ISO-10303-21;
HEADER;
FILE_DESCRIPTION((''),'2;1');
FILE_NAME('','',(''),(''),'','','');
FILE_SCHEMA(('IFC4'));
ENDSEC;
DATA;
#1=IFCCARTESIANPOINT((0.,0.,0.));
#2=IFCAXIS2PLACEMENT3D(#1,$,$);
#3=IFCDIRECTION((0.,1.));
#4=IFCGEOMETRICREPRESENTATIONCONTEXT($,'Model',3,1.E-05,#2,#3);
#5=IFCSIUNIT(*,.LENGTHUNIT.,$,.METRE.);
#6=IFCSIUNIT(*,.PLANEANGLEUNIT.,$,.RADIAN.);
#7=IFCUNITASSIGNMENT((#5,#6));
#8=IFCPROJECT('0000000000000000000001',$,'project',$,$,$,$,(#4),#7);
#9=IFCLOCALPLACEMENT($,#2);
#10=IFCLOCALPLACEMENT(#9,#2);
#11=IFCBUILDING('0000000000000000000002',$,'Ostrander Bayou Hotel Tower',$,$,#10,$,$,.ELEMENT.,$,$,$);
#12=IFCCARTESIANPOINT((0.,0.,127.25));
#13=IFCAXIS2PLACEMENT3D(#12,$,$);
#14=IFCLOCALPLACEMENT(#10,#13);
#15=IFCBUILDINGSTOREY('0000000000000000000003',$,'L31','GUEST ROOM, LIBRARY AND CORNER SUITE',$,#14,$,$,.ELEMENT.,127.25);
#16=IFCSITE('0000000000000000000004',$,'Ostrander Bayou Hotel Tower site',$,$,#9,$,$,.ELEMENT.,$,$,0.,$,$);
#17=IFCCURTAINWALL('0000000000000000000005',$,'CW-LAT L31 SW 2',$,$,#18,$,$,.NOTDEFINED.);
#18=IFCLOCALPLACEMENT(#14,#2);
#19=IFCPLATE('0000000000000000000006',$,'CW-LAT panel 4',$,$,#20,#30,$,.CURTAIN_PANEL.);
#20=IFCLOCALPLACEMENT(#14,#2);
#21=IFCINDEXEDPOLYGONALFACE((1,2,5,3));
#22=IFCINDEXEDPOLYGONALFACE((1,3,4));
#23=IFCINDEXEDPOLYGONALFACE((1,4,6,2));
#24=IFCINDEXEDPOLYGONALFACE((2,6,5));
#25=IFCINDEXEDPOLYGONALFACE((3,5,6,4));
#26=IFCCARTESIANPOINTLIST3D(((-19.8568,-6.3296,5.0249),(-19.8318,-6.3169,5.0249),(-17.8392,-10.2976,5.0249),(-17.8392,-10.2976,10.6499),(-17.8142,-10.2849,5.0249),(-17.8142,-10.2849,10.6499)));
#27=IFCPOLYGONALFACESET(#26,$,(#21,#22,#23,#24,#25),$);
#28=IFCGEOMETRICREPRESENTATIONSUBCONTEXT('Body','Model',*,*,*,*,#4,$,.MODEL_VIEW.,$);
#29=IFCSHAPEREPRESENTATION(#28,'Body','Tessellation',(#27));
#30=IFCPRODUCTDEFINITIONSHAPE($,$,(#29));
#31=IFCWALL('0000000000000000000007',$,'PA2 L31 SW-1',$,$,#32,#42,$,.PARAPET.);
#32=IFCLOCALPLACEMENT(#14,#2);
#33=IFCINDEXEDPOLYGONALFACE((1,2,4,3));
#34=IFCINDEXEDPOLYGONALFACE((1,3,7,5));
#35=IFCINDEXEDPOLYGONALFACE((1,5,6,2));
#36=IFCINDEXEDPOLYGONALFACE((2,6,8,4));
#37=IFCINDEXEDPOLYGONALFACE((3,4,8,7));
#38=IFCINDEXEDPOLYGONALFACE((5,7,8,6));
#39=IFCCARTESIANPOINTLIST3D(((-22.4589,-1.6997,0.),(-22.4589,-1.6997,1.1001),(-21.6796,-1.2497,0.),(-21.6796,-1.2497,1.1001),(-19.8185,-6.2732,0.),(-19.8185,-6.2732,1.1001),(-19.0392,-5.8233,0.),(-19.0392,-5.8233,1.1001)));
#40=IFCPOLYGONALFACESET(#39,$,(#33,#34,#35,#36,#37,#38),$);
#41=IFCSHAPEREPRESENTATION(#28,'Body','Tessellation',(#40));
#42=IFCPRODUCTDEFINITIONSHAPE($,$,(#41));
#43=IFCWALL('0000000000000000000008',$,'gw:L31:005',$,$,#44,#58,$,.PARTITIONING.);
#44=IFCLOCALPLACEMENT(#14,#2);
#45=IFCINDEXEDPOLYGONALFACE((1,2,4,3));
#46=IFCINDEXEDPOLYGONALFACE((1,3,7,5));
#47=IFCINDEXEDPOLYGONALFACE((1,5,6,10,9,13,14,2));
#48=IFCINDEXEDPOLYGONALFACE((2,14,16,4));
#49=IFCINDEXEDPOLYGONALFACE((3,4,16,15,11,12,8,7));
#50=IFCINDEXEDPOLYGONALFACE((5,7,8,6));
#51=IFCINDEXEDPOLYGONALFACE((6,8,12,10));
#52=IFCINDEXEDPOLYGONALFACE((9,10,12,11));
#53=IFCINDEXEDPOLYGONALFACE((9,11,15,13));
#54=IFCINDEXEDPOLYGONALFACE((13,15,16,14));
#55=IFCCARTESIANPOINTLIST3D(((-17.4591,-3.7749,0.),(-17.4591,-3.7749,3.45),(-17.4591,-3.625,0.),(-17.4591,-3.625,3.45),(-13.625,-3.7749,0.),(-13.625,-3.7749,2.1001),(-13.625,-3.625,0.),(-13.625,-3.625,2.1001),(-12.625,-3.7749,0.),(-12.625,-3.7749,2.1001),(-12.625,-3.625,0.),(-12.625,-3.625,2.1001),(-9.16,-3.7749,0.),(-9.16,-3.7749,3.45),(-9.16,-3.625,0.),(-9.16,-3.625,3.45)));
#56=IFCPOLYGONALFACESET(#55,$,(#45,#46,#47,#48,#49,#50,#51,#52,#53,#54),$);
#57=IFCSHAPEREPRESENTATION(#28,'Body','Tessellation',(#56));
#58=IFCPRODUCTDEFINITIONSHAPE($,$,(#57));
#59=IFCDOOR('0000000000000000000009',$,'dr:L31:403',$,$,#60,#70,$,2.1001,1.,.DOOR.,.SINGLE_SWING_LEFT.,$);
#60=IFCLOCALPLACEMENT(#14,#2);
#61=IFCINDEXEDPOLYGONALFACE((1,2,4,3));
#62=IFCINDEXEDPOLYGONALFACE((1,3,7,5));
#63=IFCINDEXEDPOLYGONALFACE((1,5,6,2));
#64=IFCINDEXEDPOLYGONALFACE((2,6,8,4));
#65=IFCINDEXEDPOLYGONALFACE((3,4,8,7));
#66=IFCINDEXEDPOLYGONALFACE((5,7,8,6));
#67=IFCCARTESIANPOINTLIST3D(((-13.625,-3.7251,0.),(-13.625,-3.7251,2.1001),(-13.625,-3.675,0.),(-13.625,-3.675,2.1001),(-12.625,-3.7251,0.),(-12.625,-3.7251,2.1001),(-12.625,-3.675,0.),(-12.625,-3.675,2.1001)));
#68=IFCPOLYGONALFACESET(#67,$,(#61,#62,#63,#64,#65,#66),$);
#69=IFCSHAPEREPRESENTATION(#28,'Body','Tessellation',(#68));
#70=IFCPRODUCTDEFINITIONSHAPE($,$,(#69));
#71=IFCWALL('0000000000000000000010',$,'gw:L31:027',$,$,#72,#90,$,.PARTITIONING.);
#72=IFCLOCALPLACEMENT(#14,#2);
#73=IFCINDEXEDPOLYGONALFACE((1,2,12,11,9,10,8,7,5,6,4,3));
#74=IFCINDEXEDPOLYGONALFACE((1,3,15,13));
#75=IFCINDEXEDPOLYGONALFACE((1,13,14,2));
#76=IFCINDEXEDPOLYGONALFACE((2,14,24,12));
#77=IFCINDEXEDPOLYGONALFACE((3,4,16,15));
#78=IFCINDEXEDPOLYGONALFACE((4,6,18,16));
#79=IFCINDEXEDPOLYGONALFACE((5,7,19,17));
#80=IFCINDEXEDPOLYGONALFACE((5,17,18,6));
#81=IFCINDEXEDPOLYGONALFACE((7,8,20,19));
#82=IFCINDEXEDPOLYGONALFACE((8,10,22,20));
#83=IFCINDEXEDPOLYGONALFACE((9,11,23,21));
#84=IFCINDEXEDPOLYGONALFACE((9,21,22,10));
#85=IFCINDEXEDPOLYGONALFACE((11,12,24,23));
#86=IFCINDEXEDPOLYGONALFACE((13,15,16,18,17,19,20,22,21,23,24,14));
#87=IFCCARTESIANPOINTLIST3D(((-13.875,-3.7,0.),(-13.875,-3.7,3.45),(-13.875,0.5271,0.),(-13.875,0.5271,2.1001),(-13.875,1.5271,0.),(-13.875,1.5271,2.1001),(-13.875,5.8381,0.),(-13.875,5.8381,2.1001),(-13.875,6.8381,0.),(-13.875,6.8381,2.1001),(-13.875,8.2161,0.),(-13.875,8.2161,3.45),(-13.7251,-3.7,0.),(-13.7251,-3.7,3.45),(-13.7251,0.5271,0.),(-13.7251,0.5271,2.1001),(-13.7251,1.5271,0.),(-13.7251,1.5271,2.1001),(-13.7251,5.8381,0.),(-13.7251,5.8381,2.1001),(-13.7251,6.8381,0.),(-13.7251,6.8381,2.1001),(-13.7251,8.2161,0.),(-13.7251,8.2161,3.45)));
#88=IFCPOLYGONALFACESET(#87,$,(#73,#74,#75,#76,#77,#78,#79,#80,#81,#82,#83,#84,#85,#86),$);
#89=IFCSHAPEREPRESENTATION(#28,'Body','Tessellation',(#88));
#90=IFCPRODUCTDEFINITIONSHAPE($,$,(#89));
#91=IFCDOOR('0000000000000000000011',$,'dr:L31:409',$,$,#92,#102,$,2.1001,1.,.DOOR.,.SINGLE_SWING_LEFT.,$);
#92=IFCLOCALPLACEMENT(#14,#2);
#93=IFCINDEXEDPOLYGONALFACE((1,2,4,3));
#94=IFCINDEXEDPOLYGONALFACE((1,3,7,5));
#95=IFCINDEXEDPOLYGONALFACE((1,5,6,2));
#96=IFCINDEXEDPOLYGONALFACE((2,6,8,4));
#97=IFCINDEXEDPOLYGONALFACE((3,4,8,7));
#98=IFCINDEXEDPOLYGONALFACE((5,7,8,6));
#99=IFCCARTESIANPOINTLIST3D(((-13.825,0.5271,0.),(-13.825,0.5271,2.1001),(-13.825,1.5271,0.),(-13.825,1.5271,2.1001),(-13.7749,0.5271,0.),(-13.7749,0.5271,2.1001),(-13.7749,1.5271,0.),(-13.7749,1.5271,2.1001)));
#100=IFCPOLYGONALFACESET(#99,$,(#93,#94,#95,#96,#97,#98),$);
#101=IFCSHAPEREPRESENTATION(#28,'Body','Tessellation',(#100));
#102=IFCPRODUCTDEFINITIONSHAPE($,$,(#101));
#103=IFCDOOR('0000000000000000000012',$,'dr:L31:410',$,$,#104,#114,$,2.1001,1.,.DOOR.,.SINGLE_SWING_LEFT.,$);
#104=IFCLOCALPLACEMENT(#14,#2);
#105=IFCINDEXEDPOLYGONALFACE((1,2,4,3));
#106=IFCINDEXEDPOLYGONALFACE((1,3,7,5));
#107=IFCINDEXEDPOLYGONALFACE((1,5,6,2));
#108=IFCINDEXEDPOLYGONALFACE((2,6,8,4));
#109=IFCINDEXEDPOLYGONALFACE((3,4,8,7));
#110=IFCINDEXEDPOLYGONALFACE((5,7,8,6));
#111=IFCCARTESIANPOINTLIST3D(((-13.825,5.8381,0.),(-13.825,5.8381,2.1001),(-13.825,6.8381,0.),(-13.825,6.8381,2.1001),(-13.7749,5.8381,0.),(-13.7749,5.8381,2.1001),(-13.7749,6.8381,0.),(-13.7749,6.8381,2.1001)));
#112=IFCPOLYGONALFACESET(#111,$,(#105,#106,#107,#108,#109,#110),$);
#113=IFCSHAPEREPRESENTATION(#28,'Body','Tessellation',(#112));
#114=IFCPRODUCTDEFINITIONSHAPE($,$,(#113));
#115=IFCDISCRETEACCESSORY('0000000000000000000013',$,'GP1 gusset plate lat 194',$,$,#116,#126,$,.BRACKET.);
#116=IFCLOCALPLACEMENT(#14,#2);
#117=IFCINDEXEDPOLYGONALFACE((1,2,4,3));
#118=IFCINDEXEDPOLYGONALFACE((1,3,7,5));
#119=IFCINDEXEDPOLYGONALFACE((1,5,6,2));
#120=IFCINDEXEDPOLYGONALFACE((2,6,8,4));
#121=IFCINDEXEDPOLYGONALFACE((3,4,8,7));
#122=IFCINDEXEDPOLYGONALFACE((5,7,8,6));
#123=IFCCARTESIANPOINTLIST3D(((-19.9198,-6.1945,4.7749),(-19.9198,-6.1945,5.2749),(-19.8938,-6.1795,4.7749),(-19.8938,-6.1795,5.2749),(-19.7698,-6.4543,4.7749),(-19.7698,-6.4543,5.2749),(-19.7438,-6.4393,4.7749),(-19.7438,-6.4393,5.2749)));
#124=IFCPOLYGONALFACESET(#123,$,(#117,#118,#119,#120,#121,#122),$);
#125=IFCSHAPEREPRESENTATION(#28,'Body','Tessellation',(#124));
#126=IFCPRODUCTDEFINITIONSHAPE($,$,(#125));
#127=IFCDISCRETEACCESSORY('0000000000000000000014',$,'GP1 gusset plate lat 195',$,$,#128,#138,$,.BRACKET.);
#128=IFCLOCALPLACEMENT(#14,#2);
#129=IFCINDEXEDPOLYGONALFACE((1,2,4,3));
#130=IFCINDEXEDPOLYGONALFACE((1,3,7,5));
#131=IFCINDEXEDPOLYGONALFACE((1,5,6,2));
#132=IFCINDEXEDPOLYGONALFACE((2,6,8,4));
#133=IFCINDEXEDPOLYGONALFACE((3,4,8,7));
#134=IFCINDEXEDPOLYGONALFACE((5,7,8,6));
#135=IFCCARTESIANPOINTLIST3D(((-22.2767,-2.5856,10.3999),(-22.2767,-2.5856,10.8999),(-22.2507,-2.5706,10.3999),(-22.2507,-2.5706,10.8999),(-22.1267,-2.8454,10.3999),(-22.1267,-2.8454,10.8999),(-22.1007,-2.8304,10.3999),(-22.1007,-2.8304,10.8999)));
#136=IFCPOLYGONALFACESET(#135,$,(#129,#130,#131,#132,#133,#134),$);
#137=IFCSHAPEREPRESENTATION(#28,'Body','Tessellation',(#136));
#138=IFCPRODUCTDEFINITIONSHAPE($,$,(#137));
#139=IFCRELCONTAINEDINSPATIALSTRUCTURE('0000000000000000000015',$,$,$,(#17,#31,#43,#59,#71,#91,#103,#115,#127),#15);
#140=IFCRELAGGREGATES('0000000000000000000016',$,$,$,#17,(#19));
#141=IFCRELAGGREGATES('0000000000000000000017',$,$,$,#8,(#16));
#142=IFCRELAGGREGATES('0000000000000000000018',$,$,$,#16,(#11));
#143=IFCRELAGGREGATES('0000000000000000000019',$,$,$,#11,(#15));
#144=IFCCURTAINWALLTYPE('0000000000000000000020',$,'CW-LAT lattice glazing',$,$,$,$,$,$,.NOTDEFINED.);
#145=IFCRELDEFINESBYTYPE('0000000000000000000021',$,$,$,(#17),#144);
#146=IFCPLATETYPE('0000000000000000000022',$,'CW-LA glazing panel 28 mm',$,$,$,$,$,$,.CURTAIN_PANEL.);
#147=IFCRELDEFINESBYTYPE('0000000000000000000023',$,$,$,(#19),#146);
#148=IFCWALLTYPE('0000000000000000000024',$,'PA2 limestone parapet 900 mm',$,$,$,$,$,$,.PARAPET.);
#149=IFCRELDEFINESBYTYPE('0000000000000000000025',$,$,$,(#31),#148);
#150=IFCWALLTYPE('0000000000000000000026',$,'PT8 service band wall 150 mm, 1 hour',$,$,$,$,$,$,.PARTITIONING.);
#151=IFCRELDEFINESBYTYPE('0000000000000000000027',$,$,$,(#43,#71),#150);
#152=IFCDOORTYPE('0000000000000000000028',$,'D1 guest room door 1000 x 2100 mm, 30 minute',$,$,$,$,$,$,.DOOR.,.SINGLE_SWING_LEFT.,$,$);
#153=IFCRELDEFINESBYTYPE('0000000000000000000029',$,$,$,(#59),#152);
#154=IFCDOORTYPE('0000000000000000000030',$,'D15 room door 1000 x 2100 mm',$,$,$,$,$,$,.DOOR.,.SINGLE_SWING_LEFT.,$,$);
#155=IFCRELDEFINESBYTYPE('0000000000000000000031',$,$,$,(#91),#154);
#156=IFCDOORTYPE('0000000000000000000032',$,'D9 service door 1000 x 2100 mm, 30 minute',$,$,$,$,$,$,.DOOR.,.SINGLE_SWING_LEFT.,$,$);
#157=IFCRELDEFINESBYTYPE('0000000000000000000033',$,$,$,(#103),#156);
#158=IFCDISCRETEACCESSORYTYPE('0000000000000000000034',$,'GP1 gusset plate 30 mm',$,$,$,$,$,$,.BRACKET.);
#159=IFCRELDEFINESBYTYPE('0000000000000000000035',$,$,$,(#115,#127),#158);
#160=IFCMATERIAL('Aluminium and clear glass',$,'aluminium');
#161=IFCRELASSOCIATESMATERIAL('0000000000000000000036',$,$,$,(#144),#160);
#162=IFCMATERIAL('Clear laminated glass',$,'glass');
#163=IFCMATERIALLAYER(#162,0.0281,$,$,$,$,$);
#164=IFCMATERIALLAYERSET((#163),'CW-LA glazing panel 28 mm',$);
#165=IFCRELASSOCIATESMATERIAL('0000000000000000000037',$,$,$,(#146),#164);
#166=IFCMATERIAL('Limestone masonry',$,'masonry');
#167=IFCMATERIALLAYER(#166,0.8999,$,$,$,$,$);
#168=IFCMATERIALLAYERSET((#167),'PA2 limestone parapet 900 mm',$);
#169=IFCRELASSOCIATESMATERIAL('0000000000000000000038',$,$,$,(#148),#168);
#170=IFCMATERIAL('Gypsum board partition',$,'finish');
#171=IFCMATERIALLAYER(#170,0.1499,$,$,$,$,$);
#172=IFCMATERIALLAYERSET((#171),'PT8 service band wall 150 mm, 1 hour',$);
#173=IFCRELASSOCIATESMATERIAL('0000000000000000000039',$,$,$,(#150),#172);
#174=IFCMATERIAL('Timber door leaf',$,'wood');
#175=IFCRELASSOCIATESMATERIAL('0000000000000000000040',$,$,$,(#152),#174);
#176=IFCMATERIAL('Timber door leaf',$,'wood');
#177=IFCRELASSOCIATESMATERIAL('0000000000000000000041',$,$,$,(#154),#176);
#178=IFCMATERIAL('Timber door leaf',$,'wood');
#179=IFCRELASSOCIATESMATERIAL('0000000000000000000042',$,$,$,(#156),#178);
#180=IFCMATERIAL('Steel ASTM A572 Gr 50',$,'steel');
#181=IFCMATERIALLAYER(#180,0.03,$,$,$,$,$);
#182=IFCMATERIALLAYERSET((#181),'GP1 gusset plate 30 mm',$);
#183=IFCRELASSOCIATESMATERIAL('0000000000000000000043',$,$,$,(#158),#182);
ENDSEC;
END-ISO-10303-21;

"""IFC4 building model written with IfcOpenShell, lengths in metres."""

from ifc_helpers import new_model, si_unit, direction, frame, frame_2d, origin, origin_2d, place, context, subcontext, project, spatial, polyline, rectangle, outline, extrude, material, layer, layer_set, type_object, element, fill, aggregate, save


model = new_model("IFC4")

# Units and contexts
model_context = context("Model", 3, precision=1e-05, world=origin(), true_north=direction((0.0, 1.0)))
body_context = subcontext(model_context, "Body", "Model", "MODEL_VIEW")
ifc_project = project(units=[si_unit("LENGTHUNIT", "METRE"), si_unit("PLANEANGLEUNIT", "RADIAN")], contexts=[model_context])

# Site, building, storey
site_placement = place(None, origin())
site = spatial("IfcSite", under=ifc_project, at=site_placement, Name="Ostrander Bayou Hotel Tower site", CompositionType="ELEMENT", RefElevation=0.0)
building_placement = place(site_placement, origin())
building = spatial("IfcBuilding", under=site, at=building_placement, Name="Ostrander Bayou Hotel Tower", CompositionType="ELEMENT")
storey_placement = place(building_placement, frame((0.0, 0.0, 127.25)))
storey = spatial("IfcBuildingStorey", under=building, at=storey_placement, Name="L31", Description="GUEST ROOM, LIBRARY AND CORNER SUITE", CompositionType="ELEMENT", Elevation=127.25)

# Shared definitions
ifc_material_1 = material(Name="Aluminium and clear glass", Category="aluminium")
curtain_wall_type = type_object("IfcCurtainWallType", Name="CW-LAT lattice glazing", PredefinedType="NOTDEFINED", material=ifc_material_1)

# Curtain wall
curtain_wall_1_placement = place(storey_placement, origin())
curtain_wall_1 = element("IfcCurtainWall", 1, at=curtain_wall_1_placement, inside=storey, type_object=curtain_wall_type, Name="CW-LAT L31 SW 2", PredefinedType="NOTDEFINED")

# Shared definitions
ifc_material_2 = material(Name="Clear laminated glass", Category="glass")
ifc_layer_1 = layer(ifc_material_2, 0.0281)
ifc_layer_set_1 = layer_set([ifc_layer_1], Name="CW-LA glazing panel 28 mm")
plate_type = type_object("IfcPlateType", Name="CW-LA glazing panel 28 mm", PredefinedType="CURTAIN_PANEL", material=ifc_layer_set_1)

# Plate
plate_1_placement = place(storey_placement, frame((-19.8318, -6.3169, 5.0249), z_axis=(0.89139, 0.453236, 0.0), x_axis=(0.281262, -0.553164, 0.784157)))
plate_1 = element("IfcPlate", 2, at=plate_1_placement, type_object=plate_type, Name="CW-LAT panel 4", PredefinedType="CURTAIN_PANEL", context=body_context, shape_type="SweptSolid", body=[
    extrude(outline(polyline([(0.0, 0.0), (7.1733, 0.0), (2.7624, 3.4907), (0.0, 0.0)])), origin(), (0.0, 0.0, -1.0), 0.0281),
])
aggregate(curtain_wall_1, [plate_1])

# Wall
ifc_material_3 = material(Name="Limestone masonry", Category="masonry")
ifc_layer_2 = layer(ifc_material_3, 0.8999)
ifc_layer_set_2 = layer_set([ifc_layer_2], Name="PA2 limestone parapet 900 mm")
wall_type_1 = type_object("IfcWallType", Name="PA2 limestone parapet 900 mm", PredefinedType="PARAPET", material=ifc_layer_set_2)
wall_1_placement = place(storey_placement, frame((-22.0693, -1.4746, 0.0), z_axis=(0.0, 0.0, 1.0), x_axis=(0.499983, -0.866035, 0.0)))
element("IfcWall", 3, at=wall_1_placement, inside=storey, type_object=wall_type_1, Name="PA2 L31 SW-1", PredefinedType="PARAPET", context=body_context, shape_type="SweptSolid", body=[
    extrude(rectangle(XDim=5.281, YDim=0.8999, at=frame_2d((2.6406, 0.0))), origin(), (0.0, 0.0, 1.0), 1.1001),
])

# Wall, opening, door
ifc_material_4 = material(Name="Gypsum board partition", Category="finish")
ifc_layer_3 = layer(ifc_material_4, 0.1499)
ifc_layer_set_3 = layer_set([ifc_layer_3], Name="PT8 service band wall 150 mm, 1 hour")
wall_type_2 = type_object("IfcWallType", Name="PT8 service band wall 150 mm, 1 hour", PredefinedType="PARTITIONING", material=ifc_layer_set_3)
wall_2_placement = place(storey_placement, frame((-17.459, -3.7, 0.0), z_axis=(0.0, 0.0, 1.0), x_axis=(1.0, 0.0, 0.0)))
wall_2 = element("IfcWall", 4, at=wall_2_placement, inside=storey, type_object=wall_type_2, Name="gw:L31:005", PredefinedType="PARTITIONING", context=body_context, shape_type="SweptSolid", body=[
    extrude(rectangle(XDim=8.2991, YDim=0.1499, at=frame_2d((4.1494, 0.0))), origin(), (0.0, 0.0, 1.0), 3.45),
])
opening_1_placement = place(wall_2_placement, frame((3.834, 0.0, 0.0)))
opening_1 = element("IfcOpeningElement", 5, at=opening_1_placement, cuts=wall_2, PredefinedType="OPENING", context=body_context, shape_type="SweptSolid", body=[
    extrude(rectangle(XDim=1.0, YDim=2.1001, at=frame_2d((0.5, 1.05))), frame((0.0, 0.075, 0.0), z_axis=(0.0, -1.0, 0.0), x_axis=(1.0, 0.0, 0.0)), (0.0, 0.0, 1.0), 0.1499),
])
ifc_material_5 = material(Name="Timber door leaf", Category="wood")
door_type_1 = type_object("IfcDoorType", Name="D1 guest room door 1000 x 2100 mm, 30 minute", OperationType="SINGLE_SWING_LEFT", PredefinedType="DOOR", material=ifc_material_5)
door_1_placement = place(opening_1_placement, origin())
door_1 = element("IfcDoor", 6, at=door_1_placement, inside=storey, type_object=door_type_1, Name="dr:L31:403", OperationType="SINGLE_SWING_LEFT", OverallHeight=2.1001, OverallWidth=1.0, PredefinedType="DOOR", context=body_context, shape_type="SweptSolid", body=[
    extrude(rectangle(XDim=1.0, YDim=2.1001, at=frame_2d((0.5, 1.05))), frame((0.0, 0.0249, 0.0), z_axis=(0.0, -1.0, 0.0), x_axis=(1.0, 0.0, 0.0)), (0.0, 0.0, 1.0), 0.05),
])
fill(opening_1, door_1)

# Wall, openings, doors
wall_3_placement = place(storey_placement, frame((-13.8, -3.7, 0.0), z_axis=(0.0, 0.0, 1.0), x_axis=(0.0, 1.0, 0.0)))
wall_3 = element("IfcWall", 7, at=wall_3_placement, inside=storey, type_object=wall_type_2, Name="gw:L31:027", PredefinedType="PARTITIONING", context=body_context, shape_type="SweptSolid", body=[
    extrude(rectangle(XDim=11.916, YDim=0.1499, at=frame_2d((5.958, 0.0))), origin(), (0.0, 0.0, 1.0), 3.45),
])
opening_2_placement = place(wall_3_placement, frame((4.2271, 0.0, 0.0)))
opening_2 = element("IfcOpeningElement", 8, at=opening_2_placement, cuts=wall_3, PredefinedType="OPENING", context=body_context, shape_type="SweptSolid", body=[
    extrude(rectangle(XDim=1.0, YDim=2.1001, at=frame_2d((0.5, 1.05))), frame((0.0, 0.075, 0.0), z_axis=(0.0, -1.0, 0.0), x_axis=(1.0, 0.0, 0.0)), (0.0, 0.0, 1.0), 0.1499),
])
opening_3_placement = place(wall_3_placement, frame((9.5381, 0.0, 0.0)))
opening_3 = element("IfcOpeningElement", 9, at=opening_3_placement, cuts=wall_3, PredefinedType="OPENING", context=body_context, shape_type="SweptSolid", body=[
    extrude(rectangle(XDim=1.0, YDim=2.1001, at=frame_2d((0.5, 1.05))), frame((0.0, 0.075, 0.0), z_axis=(0.0, -1.0, 0.0), x_axis=(1.0, 0.0, 0.0)), (0.0, 0.0, 1.0), 0.1499),
])
ifc_material_6 = material(Name="Timber door leaf", Category="wood")
door_type_2 = type_object("IfcDoorType", Name="D15 room door 1000 x 2100 mm", OperationType="SINGLE_SWING_LEFT", PredefinedType="DOOR", material=ifc_material_6)
door_2_placement = place(opening_2_placement, origin())
door_2 = element("IfcDoor", 10, at=door_2_placement, inside=storey, type_object=door_type_2, Name="dr:L31:409", OperationType="SINGLE_SWING_LEFT", OverallHeight=2.1001, OverallWidth=1.0, PredefinedType="DOOR", context=body_context, shape_type="SweptSolid", body=[
    extrude(rectangle(XDim=1.0, YDim=2.1001, at=frame_2d((0.5, 1.05))), frame((0.0, 0.0249, 0.0), z_axis=(0.0, -1.0, 0.0), x_axis=(1.0, 0.0, 0.0)), (0.0, 0.0, 1.0), 0.05),
])
fill(opening_2, door_2)
ifc_material_7 = material(Name="Timber door leaf", Category="wood")
door_type_3 = type_object("IfcDoorType", Name="D9 service door 1000 x 2100 mm, 30 minute", OperationType="SINGLE_SWING_LEFT", PredefinedType="DOOR", material=ifc_material_7)
door_3_placement = place(opening_3_placement, origin())
door_3 = element("IfcDoor", 11, at=door_3_placement, inside=storey, type_object=door_type_3, Name="dr:L31:410", OperationType="SINGLE_SWING_LEFT", OverallHeight=2.1001, OverallWidth=1.0, PredefinedType="DOOR", context=body_context, shape_type="SweptSolid", body=[
    extrude(rectangle(XDim=1.0, YDim=2.1001, at=frame_2d((0.5, 1.05))), frame((0.0, 0.0249, 0.0), z_axis=(0.0, -1.0, 0.0), x_axis=(1.0, 0.0, 0.0)), (0.0, 0.0, 1.0), 0.05),
])
fill(opening_3, door_3)

# Discrete accessories
ifc_material_8 = material(Name="Steel ASTM A572 Gr 50", Category="steel")
ifc_layer_4 = layer(ifc_material_8, 0.03)
ifc_layer_set_4 = layer_set([ifc_layer_4], Name="GP1 gusset plate 30 mm")
discrete_accessory_type = type_object("IfcDiscreteAccessoryType", Name="GP1 gusset plate 30 mm", PredefinedType="BRACKET", material=ifc_layer_set_4)
for number, where, z_axis, x_axis, name in (
    (12, (-19.8318, -6.3169, 4.7749), (0.0, 0.0, 1.0), (0.5, -0.866025, 0.0), "GP1 gusset plate lat 194"),
    (13, (-22.1887, -2.708, 10.3999), (0.0, 0.0, 1.0), (0.5, -0.866025, 0.0), "GP1 gusset plate lat 195"),
):
    element("IfcDiscreteAccessory", number, at=place(storey_placement, frame(where, z_axis=z_axis, x_axis=x_axis)), inside=storey, type_object=discrete_accessory_type, Name=name, PredefinedType="BRACKET", context=body_context, shape_type="SweptSolid", body=[
        extrude(rectangle(XDim=0.3, YDim=0.03, at=origin_2d()), origin(), (0.0, 0.0, 1.0), 0.5),
    ])

save(model, "model.ifc")
